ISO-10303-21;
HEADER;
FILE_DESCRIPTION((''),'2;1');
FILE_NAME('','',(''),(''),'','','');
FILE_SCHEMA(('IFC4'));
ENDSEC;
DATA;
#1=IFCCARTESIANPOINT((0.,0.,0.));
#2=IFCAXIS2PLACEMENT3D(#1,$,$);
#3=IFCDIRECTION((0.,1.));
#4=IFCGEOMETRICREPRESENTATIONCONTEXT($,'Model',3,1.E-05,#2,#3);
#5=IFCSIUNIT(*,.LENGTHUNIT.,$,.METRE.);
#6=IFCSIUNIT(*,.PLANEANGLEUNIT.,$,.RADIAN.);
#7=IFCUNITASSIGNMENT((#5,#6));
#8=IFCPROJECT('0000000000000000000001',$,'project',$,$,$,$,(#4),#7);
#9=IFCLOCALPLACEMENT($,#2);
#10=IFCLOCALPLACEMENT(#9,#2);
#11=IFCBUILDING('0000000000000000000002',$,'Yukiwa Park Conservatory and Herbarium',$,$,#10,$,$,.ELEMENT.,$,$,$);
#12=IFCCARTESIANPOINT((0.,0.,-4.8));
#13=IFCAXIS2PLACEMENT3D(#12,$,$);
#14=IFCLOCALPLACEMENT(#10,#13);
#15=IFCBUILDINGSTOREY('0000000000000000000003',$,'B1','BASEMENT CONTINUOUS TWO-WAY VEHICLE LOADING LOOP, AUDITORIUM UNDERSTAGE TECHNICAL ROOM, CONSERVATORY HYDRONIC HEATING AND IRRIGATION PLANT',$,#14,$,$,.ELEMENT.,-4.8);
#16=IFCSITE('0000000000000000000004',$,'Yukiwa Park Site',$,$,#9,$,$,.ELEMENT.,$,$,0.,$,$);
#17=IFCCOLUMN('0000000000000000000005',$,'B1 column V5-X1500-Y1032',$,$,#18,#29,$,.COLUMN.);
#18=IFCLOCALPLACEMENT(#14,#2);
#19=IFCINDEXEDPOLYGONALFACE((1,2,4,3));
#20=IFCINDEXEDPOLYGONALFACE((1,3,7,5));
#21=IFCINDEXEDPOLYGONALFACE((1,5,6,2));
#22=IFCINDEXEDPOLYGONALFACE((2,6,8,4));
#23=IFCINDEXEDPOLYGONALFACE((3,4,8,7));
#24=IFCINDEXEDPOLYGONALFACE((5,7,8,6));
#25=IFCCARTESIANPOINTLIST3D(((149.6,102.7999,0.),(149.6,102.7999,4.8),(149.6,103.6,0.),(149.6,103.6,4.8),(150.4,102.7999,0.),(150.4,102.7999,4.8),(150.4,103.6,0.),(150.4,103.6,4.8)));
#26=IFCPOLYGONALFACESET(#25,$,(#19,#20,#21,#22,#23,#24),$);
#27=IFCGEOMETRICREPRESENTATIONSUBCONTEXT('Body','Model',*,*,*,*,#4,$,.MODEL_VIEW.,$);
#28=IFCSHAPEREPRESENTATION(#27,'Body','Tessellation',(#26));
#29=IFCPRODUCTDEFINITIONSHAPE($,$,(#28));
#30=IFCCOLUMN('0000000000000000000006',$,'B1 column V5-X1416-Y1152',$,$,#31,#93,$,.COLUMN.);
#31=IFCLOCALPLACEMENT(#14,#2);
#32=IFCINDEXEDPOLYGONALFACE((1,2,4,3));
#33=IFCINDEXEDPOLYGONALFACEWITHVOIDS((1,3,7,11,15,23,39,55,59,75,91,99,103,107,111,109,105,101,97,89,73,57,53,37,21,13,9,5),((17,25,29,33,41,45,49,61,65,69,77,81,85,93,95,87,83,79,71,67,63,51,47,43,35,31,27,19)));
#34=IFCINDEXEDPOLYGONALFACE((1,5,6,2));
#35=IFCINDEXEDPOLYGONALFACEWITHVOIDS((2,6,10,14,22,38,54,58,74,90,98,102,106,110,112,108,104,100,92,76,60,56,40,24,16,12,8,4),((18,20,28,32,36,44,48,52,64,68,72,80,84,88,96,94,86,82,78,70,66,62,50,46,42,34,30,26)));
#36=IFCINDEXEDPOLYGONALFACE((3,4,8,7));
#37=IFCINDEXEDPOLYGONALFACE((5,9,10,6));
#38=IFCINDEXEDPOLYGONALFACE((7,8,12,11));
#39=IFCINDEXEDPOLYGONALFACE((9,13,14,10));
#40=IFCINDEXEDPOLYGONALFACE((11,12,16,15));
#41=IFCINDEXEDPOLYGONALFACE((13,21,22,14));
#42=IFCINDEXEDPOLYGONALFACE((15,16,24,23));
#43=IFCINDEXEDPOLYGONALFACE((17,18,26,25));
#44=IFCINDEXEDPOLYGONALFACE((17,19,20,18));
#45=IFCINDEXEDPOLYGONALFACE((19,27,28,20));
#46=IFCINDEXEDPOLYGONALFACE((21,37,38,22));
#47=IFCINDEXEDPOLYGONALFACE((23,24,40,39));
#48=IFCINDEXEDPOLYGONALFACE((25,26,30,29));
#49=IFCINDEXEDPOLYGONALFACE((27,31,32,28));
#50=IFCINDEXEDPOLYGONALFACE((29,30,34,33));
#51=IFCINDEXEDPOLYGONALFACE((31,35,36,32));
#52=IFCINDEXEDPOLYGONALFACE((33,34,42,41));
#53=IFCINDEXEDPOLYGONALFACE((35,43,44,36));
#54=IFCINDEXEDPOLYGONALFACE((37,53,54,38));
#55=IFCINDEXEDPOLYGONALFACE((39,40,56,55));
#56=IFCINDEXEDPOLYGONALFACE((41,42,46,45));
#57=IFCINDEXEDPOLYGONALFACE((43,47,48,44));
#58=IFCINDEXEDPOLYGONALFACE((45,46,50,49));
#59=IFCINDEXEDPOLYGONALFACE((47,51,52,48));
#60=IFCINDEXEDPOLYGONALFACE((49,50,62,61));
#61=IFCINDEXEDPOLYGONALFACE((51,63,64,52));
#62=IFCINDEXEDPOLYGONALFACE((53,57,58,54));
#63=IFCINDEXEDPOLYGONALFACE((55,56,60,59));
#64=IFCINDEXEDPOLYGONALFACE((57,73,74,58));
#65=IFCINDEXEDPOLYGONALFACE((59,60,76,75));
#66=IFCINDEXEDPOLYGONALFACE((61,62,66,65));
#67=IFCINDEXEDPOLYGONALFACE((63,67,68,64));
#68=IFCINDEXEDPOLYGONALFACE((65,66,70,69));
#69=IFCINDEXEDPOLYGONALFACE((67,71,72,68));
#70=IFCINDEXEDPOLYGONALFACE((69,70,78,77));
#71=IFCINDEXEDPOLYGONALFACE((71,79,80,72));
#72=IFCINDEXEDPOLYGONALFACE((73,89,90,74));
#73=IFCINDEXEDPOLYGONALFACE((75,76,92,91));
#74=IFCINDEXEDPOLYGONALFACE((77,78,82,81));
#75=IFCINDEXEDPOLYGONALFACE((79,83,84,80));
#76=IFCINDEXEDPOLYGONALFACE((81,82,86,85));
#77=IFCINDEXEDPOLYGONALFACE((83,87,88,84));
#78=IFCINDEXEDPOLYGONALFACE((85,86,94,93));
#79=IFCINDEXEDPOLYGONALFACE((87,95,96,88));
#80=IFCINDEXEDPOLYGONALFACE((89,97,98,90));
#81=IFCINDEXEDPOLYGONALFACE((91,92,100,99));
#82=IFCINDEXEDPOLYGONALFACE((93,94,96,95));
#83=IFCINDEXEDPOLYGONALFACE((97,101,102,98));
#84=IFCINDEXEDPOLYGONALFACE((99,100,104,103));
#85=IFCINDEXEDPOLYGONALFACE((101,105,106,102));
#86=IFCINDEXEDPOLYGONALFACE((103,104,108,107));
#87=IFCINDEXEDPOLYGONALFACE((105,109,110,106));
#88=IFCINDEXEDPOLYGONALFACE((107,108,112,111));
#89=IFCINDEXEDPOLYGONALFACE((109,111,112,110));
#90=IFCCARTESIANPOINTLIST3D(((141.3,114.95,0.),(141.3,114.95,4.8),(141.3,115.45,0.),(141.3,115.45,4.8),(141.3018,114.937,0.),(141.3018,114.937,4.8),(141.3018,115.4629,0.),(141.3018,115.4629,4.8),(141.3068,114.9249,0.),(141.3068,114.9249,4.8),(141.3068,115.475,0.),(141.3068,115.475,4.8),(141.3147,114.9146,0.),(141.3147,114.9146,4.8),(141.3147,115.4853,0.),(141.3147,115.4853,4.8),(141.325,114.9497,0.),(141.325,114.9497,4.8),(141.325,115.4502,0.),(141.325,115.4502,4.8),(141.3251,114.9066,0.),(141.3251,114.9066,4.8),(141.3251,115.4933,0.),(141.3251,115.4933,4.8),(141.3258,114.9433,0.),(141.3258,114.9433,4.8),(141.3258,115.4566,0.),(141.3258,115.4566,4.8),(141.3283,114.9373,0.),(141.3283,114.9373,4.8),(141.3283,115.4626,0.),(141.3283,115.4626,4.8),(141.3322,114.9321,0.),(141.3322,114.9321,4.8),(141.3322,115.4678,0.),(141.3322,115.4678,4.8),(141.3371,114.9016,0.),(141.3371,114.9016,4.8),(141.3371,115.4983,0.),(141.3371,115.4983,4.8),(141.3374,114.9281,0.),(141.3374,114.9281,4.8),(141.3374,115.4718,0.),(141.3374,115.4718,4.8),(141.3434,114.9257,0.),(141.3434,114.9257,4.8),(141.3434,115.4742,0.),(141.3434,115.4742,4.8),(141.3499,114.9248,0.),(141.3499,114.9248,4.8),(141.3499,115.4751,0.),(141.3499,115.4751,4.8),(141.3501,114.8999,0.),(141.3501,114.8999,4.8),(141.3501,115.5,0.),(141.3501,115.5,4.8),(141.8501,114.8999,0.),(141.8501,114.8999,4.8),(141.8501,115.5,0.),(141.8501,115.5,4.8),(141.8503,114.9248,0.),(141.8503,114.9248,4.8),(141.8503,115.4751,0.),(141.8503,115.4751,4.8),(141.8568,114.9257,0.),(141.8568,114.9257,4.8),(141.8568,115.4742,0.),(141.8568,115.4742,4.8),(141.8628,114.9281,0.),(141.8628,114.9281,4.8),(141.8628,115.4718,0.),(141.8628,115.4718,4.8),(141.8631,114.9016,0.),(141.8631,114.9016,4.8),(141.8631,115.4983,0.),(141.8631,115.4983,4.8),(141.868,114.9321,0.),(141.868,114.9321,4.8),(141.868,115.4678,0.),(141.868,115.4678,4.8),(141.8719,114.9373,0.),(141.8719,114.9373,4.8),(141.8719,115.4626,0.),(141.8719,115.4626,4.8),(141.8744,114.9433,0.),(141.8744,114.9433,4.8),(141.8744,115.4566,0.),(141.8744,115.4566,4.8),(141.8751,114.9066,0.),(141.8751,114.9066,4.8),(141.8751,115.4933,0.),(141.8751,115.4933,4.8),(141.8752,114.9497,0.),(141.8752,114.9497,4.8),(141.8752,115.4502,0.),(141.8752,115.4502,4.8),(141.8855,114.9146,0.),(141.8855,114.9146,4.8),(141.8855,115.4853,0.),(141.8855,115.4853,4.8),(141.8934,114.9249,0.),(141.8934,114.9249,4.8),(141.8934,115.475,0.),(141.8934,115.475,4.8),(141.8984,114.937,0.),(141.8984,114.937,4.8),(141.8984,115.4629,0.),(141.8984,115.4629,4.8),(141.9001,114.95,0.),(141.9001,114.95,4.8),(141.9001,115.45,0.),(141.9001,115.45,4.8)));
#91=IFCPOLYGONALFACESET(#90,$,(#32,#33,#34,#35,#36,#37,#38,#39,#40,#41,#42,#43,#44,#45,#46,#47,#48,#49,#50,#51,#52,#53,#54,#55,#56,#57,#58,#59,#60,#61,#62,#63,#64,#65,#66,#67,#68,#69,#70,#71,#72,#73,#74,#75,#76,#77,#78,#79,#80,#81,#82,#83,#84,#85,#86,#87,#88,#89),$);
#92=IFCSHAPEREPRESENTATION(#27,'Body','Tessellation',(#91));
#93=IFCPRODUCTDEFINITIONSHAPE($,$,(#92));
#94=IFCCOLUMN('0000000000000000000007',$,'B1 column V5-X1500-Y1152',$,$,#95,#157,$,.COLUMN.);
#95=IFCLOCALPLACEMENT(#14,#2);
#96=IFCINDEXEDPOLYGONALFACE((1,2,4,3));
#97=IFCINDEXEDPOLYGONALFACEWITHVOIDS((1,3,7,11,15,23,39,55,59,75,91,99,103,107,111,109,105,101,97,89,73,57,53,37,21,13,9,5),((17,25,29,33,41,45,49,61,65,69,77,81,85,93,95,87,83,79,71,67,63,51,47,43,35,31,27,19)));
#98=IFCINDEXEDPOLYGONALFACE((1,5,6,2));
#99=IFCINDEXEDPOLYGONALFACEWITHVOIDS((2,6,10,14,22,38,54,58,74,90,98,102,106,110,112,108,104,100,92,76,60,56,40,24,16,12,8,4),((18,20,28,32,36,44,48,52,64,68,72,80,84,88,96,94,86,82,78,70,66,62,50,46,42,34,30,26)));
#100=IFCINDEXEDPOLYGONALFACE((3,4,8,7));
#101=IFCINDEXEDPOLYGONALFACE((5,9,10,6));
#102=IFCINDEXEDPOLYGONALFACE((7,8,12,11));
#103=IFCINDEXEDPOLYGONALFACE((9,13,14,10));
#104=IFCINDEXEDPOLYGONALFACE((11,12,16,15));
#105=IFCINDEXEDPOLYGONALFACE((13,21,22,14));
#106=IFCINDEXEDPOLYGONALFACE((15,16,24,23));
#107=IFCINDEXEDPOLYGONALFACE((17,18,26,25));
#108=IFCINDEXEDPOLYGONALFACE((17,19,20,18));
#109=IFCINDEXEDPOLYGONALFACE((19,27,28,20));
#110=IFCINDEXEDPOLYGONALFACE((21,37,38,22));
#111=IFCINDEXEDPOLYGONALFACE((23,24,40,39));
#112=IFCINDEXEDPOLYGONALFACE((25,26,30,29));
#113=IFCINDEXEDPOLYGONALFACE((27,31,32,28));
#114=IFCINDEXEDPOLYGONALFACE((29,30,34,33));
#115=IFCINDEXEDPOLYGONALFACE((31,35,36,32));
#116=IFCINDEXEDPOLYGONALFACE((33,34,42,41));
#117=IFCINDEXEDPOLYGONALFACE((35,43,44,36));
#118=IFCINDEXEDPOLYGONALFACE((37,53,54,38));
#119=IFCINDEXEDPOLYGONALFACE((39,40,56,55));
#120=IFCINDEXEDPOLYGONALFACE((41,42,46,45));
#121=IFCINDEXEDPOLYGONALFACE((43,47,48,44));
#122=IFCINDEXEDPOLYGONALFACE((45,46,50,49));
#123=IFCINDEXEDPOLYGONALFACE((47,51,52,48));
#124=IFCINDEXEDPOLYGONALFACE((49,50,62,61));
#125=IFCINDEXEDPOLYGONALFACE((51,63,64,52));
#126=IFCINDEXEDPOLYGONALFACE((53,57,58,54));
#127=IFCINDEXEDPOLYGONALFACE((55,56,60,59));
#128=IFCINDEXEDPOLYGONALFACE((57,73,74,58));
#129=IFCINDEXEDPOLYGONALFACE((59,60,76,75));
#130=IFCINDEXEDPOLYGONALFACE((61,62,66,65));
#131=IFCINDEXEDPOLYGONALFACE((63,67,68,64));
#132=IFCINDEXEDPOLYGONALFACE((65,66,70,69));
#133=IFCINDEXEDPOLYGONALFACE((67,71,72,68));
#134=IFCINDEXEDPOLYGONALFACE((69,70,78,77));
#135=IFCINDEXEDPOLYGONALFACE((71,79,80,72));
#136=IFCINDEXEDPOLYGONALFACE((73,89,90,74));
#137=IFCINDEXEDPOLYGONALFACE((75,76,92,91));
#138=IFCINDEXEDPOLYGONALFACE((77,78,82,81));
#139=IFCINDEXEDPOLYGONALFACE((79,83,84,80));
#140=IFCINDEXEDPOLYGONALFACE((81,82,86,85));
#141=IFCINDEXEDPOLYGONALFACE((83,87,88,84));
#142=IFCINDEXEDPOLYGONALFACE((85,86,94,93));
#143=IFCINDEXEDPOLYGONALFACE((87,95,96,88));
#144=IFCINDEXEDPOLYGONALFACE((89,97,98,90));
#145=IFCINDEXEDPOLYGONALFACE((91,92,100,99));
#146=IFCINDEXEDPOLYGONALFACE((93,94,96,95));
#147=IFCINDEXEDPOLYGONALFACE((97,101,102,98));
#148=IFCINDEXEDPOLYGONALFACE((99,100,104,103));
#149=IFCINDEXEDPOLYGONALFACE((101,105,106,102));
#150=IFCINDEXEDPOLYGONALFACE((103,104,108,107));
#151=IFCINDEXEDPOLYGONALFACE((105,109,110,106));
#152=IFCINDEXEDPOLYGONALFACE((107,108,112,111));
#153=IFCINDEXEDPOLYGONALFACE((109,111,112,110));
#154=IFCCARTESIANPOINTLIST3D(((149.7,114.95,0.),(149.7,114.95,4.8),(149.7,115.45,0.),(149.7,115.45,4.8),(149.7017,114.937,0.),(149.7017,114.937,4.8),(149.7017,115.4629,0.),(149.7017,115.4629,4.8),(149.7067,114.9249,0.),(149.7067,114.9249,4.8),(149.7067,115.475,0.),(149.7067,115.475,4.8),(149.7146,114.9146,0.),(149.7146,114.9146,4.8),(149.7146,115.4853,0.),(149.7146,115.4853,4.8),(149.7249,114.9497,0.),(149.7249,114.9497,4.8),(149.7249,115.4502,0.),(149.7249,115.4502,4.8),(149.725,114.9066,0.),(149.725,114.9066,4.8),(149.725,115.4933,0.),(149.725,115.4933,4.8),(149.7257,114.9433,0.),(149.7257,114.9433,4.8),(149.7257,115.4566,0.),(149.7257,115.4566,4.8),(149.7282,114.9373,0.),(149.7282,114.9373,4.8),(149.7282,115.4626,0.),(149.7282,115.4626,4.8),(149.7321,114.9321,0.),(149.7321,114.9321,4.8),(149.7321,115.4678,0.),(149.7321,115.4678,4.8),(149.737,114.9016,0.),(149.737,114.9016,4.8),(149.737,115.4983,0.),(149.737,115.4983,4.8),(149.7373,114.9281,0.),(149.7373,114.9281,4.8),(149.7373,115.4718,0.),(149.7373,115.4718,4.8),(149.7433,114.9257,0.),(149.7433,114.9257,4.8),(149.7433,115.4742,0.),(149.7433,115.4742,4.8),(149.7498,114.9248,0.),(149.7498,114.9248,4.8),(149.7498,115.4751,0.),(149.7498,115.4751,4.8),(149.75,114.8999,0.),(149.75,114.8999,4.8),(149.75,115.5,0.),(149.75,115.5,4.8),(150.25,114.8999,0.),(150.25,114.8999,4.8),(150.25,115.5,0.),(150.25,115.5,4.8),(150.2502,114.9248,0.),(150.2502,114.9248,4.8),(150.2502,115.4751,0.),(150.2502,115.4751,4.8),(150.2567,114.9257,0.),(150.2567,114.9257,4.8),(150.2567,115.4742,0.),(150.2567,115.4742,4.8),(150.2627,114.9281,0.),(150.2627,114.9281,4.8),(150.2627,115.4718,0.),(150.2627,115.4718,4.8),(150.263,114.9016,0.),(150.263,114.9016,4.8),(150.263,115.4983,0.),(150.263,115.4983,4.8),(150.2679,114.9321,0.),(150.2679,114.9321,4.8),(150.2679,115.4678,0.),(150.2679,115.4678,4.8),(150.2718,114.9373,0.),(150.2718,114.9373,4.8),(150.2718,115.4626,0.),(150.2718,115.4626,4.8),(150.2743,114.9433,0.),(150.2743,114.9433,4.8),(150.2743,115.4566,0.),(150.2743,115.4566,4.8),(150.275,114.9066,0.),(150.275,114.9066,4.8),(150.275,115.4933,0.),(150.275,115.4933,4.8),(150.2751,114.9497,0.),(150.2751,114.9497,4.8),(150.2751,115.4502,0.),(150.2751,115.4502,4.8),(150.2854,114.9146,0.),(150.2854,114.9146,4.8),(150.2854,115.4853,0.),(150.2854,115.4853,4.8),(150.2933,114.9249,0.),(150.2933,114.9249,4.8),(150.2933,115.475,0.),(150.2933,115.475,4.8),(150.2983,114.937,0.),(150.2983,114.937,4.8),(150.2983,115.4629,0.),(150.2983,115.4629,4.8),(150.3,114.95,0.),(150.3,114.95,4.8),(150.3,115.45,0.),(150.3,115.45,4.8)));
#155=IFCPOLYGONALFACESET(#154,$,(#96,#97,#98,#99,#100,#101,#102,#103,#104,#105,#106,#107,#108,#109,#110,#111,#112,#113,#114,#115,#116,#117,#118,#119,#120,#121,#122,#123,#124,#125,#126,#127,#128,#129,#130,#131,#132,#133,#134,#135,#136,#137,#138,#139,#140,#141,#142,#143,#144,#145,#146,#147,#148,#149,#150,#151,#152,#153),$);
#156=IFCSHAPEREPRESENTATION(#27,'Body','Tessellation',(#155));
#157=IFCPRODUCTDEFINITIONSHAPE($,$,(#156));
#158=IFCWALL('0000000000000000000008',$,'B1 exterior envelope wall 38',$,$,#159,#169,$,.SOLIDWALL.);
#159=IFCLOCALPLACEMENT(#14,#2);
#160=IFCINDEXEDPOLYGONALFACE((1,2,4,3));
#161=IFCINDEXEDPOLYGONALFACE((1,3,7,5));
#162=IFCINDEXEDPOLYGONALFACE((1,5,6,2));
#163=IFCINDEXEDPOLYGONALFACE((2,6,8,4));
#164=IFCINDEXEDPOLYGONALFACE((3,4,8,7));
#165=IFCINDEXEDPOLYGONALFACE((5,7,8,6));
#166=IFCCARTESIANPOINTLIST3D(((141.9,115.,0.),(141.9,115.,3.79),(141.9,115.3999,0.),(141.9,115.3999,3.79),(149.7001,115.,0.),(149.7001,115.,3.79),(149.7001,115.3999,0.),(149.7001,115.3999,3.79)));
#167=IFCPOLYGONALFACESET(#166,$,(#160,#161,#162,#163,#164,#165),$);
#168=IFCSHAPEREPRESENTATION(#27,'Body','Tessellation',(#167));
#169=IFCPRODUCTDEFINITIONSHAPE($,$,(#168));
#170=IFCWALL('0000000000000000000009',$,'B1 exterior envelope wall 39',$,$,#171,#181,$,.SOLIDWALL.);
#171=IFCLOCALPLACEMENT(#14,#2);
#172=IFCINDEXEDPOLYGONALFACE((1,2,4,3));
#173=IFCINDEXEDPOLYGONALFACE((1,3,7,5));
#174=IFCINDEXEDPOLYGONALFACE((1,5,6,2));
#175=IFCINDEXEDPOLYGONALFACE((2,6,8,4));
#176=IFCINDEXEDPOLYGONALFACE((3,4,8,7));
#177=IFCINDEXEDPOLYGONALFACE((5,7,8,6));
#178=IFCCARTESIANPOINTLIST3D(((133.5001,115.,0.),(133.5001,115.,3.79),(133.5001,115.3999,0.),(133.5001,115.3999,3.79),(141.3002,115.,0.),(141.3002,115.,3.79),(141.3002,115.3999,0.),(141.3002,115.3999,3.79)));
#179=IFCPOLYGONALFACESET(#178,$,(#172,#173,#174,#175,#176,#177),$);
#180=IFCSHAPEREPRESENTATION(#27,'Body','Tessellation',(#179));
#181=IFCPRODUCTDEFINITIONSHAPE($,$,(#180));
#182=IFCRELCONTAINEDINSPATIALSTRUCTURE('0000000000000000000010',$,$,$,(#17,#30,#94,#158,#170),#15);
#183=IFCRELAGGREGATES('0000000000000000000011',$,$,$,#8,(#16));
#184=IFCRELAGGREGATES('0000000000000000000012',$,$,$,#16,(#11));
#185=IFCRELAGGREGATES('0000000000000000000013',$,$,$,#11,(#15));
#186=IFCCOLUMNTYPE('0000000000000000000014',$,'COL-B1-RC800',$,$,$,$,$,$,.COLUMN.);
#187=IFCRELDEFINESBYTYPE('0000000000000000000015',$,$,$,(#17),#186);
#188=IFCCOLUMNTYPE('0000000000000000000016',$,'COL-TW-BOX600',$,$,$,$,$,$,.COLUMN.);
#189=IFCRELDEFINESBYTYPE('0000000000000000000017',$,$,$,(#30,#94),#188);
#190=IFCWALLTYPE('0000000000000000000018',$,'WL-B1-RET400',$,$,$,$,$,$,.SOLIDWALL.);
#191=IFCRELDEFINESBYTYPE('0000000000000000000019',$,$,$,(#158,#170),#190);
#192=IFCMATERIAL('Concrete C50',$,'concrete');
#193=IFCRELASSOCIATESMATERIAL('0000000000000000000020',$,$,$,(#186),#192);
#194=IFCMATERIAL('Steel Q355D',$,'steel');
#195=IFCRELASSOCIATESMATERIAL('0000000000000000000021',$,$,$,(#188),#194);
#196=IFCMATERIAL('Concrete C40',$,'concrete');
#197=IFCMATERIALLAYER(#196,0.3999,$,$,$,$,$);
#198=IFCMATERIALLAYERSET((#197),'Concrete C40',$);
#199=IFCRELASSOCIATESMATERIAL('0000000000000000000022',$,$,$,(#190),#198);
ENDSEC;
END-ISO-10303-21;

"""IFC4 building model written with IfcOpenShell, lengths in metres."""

from ifc_helpers import new_model, si_unit, direction, frame, frame_2d, origin, origin_2d, place, context, subcontext, project, spatial, rectangle, hollow_rectangle, extrude, material, layer, layer_set, material_profile, profile_set, type_object, element, save


model = new_model("IFC4")

# Units and contexts
model_context = context("Model", 3, precision=1e-05, world=origin(), true_north=direction((0.0, 1.0)))
body_context = subcontext(model_context, "Body", "Model", "MODEL_VIEW")
ifc_project = project(units=[si_unit("LENGTHUNIT", "METRE"), si_unit("PLANEANGLEUNIT", "RADIAN")], contexts=[model_context])

# Site, building, storey
site_placement = place(None, origin())
site = spatial("IfcSite", under=ifc_project, at=site_placement, Name="Yukiwa Park Site", CompositionType="ELEMENT", RefElevation=0.0)
building_placement = place(site_placement, origin())
building = spatial("IfcBuilding", under=site, at=building_placement, Name="Yukiwa Park Conservatory and Herbarium", CompositionType="ELEMENT")
storey_placement = place(building_placement, frame((0.0, 0.0, -4.8)))
storey = spatial("IfcBuildingStorey", under=building, at=storey_placement, Name="B1", Description="BASEMENT CONTINUOUS TWO-WAY VEHICLE LOADING LOOP, AUDITORIUM UNDERSTAGE TECHNICAL ROOM, CONSERVATORY HYDRONIC HEATING AND IRRIGATION PLANT", CompositionType="ELEMENT", Elevation=-4.8)

# Columns
ifc_material_1 = material(Name="Concrete C50", Category="concrete")
ifc_material_profile_1 = material_profile(ifc_material_1, rectangle(XDim=0.8, YDim=0.8, at=origin_2d()), Name="RC 800x800")
ifc_profile_set_1 = profile_set([ifc_material_profile_1], Name="Concrete C50")
column_type_1 = type_object("IfcColumnType", Name="COL-B1-RC800", PredefinedType="COLUMN", material=ifc_profile_set_1)
for number, where, z_axis, x_axis, name in (
    (1, (150.0, 103.2, 0.0), (0.0, 0.0, 1.0), (1.0, 0.0, 0.0), "B1 column V5-X1500-Y1032"),
):
    element("IfcColumn", number, at=place(storey_placement, frame(where, z_axis=z_axis, x_axis=x_axis)), inside=storey, type_object=column_type_1, Name=name, PredefinedType="COLUMN", context=body_context, shape_type="SweptSolid", body=[
        extrude(rectangle(XDim=0.8, YDim=0.8, at=origin_2d()), origin(), (0.0, 0.0, 1.0), 4.8),
    ])
ifc_material_2 = material(Name="Steel Q355D", Category="steel")
ifc_material_profile_2 = material_profile(ifc_material_2, hollow_rectangle(XDim=0.6001, YDim=0.6001, WallThickness=0.0249, InnerFilletRadius=0.0249, OuterFilletRadius=0.05, at=origin_2d()), Name="BOX 600x600x25")
ifc_profile_set_2 = profile_set([ifc_material_profile_2], Name="Steel Q355D")
column_type_2 = type_object("IfcColumnType", Name="COL-TW-BOX600", PredefinedType="COLUMN", material=ifc_profile_set_2)
for number, where, z_axis, x_axis, name in (
    (2, (141.6001, 115.2, 0.0), (0.0, 0.0, 1.0), (1.0, 0.0, 0.0), "B1 column V5-X1416-Y1152"),
    (3, (150.0, 115.2, 0.0), (0.0, 0.0, 1.0), (1.0, 0.0, 0.0), "B1 column V5-X1500-Y1152"),
):
    element("IfcColumn", number, at=place(storey_placement, frame(where, z_axis=z_axis, x_axis=x_axis)), inside=storey, type_object=column_type_2, Name=name, PredefinedType="COLUMN", context=body_context, shape_type="SweptSolid", body=[
        extrude(hollow_rectangle(XDim=0.6001, YDim=0.6001, WallThickness=0.0249, InnerFilletRadius=0.0249, OuterFilletRadius=0.05, at=origin_2d()), origin(), (0.0, 0.0, 1.0), 4.8),
    ])

# Walls
ifc_material_3 = material(Name="Concrete C40", Category="concrete")
ifc_layer = layer(ifc_material_3, 0.3999)
ifc_layer_set = layer_set([ifc_layer], Name="Concrete C40")
wall_type = type_object("IfcWallType", Name="WL-B1-RET400", PredefinedType="SOLIDWALL", material=ifc_layer_set)
for number, where, z_axis, x_axis, name in (
    (4, (149.7, 115.2, 0.0), (0.0, 0.0, 1.0), (-1.0, 0.0, 0.0), "B1 exterior envelope wall 38"),
    (5, (141.3, 115.2, 0.0), (0.0, 0.0, 1.0), (-1.0, 0.0, 0.0), "B1 exterior envelope wall 39"),
):
    element("IfcWall", number, at=place(storey_placement, frame(where, z_axis=z_axis, x_axis=x_axis)), inside=storey, type_object=wall_type, Name=name, PredefinedType="SOLIDWALL", context=body_context, shape_type="SweptSolid", body=[
        extrude(rectangle(XDim=7.8, YDim=0.3999, at=frame_2d((3.8999, 0.0))), origin(), (0.0, 0.0, 1.0), 3.79),
    ])

save(model, "model.ifc")
